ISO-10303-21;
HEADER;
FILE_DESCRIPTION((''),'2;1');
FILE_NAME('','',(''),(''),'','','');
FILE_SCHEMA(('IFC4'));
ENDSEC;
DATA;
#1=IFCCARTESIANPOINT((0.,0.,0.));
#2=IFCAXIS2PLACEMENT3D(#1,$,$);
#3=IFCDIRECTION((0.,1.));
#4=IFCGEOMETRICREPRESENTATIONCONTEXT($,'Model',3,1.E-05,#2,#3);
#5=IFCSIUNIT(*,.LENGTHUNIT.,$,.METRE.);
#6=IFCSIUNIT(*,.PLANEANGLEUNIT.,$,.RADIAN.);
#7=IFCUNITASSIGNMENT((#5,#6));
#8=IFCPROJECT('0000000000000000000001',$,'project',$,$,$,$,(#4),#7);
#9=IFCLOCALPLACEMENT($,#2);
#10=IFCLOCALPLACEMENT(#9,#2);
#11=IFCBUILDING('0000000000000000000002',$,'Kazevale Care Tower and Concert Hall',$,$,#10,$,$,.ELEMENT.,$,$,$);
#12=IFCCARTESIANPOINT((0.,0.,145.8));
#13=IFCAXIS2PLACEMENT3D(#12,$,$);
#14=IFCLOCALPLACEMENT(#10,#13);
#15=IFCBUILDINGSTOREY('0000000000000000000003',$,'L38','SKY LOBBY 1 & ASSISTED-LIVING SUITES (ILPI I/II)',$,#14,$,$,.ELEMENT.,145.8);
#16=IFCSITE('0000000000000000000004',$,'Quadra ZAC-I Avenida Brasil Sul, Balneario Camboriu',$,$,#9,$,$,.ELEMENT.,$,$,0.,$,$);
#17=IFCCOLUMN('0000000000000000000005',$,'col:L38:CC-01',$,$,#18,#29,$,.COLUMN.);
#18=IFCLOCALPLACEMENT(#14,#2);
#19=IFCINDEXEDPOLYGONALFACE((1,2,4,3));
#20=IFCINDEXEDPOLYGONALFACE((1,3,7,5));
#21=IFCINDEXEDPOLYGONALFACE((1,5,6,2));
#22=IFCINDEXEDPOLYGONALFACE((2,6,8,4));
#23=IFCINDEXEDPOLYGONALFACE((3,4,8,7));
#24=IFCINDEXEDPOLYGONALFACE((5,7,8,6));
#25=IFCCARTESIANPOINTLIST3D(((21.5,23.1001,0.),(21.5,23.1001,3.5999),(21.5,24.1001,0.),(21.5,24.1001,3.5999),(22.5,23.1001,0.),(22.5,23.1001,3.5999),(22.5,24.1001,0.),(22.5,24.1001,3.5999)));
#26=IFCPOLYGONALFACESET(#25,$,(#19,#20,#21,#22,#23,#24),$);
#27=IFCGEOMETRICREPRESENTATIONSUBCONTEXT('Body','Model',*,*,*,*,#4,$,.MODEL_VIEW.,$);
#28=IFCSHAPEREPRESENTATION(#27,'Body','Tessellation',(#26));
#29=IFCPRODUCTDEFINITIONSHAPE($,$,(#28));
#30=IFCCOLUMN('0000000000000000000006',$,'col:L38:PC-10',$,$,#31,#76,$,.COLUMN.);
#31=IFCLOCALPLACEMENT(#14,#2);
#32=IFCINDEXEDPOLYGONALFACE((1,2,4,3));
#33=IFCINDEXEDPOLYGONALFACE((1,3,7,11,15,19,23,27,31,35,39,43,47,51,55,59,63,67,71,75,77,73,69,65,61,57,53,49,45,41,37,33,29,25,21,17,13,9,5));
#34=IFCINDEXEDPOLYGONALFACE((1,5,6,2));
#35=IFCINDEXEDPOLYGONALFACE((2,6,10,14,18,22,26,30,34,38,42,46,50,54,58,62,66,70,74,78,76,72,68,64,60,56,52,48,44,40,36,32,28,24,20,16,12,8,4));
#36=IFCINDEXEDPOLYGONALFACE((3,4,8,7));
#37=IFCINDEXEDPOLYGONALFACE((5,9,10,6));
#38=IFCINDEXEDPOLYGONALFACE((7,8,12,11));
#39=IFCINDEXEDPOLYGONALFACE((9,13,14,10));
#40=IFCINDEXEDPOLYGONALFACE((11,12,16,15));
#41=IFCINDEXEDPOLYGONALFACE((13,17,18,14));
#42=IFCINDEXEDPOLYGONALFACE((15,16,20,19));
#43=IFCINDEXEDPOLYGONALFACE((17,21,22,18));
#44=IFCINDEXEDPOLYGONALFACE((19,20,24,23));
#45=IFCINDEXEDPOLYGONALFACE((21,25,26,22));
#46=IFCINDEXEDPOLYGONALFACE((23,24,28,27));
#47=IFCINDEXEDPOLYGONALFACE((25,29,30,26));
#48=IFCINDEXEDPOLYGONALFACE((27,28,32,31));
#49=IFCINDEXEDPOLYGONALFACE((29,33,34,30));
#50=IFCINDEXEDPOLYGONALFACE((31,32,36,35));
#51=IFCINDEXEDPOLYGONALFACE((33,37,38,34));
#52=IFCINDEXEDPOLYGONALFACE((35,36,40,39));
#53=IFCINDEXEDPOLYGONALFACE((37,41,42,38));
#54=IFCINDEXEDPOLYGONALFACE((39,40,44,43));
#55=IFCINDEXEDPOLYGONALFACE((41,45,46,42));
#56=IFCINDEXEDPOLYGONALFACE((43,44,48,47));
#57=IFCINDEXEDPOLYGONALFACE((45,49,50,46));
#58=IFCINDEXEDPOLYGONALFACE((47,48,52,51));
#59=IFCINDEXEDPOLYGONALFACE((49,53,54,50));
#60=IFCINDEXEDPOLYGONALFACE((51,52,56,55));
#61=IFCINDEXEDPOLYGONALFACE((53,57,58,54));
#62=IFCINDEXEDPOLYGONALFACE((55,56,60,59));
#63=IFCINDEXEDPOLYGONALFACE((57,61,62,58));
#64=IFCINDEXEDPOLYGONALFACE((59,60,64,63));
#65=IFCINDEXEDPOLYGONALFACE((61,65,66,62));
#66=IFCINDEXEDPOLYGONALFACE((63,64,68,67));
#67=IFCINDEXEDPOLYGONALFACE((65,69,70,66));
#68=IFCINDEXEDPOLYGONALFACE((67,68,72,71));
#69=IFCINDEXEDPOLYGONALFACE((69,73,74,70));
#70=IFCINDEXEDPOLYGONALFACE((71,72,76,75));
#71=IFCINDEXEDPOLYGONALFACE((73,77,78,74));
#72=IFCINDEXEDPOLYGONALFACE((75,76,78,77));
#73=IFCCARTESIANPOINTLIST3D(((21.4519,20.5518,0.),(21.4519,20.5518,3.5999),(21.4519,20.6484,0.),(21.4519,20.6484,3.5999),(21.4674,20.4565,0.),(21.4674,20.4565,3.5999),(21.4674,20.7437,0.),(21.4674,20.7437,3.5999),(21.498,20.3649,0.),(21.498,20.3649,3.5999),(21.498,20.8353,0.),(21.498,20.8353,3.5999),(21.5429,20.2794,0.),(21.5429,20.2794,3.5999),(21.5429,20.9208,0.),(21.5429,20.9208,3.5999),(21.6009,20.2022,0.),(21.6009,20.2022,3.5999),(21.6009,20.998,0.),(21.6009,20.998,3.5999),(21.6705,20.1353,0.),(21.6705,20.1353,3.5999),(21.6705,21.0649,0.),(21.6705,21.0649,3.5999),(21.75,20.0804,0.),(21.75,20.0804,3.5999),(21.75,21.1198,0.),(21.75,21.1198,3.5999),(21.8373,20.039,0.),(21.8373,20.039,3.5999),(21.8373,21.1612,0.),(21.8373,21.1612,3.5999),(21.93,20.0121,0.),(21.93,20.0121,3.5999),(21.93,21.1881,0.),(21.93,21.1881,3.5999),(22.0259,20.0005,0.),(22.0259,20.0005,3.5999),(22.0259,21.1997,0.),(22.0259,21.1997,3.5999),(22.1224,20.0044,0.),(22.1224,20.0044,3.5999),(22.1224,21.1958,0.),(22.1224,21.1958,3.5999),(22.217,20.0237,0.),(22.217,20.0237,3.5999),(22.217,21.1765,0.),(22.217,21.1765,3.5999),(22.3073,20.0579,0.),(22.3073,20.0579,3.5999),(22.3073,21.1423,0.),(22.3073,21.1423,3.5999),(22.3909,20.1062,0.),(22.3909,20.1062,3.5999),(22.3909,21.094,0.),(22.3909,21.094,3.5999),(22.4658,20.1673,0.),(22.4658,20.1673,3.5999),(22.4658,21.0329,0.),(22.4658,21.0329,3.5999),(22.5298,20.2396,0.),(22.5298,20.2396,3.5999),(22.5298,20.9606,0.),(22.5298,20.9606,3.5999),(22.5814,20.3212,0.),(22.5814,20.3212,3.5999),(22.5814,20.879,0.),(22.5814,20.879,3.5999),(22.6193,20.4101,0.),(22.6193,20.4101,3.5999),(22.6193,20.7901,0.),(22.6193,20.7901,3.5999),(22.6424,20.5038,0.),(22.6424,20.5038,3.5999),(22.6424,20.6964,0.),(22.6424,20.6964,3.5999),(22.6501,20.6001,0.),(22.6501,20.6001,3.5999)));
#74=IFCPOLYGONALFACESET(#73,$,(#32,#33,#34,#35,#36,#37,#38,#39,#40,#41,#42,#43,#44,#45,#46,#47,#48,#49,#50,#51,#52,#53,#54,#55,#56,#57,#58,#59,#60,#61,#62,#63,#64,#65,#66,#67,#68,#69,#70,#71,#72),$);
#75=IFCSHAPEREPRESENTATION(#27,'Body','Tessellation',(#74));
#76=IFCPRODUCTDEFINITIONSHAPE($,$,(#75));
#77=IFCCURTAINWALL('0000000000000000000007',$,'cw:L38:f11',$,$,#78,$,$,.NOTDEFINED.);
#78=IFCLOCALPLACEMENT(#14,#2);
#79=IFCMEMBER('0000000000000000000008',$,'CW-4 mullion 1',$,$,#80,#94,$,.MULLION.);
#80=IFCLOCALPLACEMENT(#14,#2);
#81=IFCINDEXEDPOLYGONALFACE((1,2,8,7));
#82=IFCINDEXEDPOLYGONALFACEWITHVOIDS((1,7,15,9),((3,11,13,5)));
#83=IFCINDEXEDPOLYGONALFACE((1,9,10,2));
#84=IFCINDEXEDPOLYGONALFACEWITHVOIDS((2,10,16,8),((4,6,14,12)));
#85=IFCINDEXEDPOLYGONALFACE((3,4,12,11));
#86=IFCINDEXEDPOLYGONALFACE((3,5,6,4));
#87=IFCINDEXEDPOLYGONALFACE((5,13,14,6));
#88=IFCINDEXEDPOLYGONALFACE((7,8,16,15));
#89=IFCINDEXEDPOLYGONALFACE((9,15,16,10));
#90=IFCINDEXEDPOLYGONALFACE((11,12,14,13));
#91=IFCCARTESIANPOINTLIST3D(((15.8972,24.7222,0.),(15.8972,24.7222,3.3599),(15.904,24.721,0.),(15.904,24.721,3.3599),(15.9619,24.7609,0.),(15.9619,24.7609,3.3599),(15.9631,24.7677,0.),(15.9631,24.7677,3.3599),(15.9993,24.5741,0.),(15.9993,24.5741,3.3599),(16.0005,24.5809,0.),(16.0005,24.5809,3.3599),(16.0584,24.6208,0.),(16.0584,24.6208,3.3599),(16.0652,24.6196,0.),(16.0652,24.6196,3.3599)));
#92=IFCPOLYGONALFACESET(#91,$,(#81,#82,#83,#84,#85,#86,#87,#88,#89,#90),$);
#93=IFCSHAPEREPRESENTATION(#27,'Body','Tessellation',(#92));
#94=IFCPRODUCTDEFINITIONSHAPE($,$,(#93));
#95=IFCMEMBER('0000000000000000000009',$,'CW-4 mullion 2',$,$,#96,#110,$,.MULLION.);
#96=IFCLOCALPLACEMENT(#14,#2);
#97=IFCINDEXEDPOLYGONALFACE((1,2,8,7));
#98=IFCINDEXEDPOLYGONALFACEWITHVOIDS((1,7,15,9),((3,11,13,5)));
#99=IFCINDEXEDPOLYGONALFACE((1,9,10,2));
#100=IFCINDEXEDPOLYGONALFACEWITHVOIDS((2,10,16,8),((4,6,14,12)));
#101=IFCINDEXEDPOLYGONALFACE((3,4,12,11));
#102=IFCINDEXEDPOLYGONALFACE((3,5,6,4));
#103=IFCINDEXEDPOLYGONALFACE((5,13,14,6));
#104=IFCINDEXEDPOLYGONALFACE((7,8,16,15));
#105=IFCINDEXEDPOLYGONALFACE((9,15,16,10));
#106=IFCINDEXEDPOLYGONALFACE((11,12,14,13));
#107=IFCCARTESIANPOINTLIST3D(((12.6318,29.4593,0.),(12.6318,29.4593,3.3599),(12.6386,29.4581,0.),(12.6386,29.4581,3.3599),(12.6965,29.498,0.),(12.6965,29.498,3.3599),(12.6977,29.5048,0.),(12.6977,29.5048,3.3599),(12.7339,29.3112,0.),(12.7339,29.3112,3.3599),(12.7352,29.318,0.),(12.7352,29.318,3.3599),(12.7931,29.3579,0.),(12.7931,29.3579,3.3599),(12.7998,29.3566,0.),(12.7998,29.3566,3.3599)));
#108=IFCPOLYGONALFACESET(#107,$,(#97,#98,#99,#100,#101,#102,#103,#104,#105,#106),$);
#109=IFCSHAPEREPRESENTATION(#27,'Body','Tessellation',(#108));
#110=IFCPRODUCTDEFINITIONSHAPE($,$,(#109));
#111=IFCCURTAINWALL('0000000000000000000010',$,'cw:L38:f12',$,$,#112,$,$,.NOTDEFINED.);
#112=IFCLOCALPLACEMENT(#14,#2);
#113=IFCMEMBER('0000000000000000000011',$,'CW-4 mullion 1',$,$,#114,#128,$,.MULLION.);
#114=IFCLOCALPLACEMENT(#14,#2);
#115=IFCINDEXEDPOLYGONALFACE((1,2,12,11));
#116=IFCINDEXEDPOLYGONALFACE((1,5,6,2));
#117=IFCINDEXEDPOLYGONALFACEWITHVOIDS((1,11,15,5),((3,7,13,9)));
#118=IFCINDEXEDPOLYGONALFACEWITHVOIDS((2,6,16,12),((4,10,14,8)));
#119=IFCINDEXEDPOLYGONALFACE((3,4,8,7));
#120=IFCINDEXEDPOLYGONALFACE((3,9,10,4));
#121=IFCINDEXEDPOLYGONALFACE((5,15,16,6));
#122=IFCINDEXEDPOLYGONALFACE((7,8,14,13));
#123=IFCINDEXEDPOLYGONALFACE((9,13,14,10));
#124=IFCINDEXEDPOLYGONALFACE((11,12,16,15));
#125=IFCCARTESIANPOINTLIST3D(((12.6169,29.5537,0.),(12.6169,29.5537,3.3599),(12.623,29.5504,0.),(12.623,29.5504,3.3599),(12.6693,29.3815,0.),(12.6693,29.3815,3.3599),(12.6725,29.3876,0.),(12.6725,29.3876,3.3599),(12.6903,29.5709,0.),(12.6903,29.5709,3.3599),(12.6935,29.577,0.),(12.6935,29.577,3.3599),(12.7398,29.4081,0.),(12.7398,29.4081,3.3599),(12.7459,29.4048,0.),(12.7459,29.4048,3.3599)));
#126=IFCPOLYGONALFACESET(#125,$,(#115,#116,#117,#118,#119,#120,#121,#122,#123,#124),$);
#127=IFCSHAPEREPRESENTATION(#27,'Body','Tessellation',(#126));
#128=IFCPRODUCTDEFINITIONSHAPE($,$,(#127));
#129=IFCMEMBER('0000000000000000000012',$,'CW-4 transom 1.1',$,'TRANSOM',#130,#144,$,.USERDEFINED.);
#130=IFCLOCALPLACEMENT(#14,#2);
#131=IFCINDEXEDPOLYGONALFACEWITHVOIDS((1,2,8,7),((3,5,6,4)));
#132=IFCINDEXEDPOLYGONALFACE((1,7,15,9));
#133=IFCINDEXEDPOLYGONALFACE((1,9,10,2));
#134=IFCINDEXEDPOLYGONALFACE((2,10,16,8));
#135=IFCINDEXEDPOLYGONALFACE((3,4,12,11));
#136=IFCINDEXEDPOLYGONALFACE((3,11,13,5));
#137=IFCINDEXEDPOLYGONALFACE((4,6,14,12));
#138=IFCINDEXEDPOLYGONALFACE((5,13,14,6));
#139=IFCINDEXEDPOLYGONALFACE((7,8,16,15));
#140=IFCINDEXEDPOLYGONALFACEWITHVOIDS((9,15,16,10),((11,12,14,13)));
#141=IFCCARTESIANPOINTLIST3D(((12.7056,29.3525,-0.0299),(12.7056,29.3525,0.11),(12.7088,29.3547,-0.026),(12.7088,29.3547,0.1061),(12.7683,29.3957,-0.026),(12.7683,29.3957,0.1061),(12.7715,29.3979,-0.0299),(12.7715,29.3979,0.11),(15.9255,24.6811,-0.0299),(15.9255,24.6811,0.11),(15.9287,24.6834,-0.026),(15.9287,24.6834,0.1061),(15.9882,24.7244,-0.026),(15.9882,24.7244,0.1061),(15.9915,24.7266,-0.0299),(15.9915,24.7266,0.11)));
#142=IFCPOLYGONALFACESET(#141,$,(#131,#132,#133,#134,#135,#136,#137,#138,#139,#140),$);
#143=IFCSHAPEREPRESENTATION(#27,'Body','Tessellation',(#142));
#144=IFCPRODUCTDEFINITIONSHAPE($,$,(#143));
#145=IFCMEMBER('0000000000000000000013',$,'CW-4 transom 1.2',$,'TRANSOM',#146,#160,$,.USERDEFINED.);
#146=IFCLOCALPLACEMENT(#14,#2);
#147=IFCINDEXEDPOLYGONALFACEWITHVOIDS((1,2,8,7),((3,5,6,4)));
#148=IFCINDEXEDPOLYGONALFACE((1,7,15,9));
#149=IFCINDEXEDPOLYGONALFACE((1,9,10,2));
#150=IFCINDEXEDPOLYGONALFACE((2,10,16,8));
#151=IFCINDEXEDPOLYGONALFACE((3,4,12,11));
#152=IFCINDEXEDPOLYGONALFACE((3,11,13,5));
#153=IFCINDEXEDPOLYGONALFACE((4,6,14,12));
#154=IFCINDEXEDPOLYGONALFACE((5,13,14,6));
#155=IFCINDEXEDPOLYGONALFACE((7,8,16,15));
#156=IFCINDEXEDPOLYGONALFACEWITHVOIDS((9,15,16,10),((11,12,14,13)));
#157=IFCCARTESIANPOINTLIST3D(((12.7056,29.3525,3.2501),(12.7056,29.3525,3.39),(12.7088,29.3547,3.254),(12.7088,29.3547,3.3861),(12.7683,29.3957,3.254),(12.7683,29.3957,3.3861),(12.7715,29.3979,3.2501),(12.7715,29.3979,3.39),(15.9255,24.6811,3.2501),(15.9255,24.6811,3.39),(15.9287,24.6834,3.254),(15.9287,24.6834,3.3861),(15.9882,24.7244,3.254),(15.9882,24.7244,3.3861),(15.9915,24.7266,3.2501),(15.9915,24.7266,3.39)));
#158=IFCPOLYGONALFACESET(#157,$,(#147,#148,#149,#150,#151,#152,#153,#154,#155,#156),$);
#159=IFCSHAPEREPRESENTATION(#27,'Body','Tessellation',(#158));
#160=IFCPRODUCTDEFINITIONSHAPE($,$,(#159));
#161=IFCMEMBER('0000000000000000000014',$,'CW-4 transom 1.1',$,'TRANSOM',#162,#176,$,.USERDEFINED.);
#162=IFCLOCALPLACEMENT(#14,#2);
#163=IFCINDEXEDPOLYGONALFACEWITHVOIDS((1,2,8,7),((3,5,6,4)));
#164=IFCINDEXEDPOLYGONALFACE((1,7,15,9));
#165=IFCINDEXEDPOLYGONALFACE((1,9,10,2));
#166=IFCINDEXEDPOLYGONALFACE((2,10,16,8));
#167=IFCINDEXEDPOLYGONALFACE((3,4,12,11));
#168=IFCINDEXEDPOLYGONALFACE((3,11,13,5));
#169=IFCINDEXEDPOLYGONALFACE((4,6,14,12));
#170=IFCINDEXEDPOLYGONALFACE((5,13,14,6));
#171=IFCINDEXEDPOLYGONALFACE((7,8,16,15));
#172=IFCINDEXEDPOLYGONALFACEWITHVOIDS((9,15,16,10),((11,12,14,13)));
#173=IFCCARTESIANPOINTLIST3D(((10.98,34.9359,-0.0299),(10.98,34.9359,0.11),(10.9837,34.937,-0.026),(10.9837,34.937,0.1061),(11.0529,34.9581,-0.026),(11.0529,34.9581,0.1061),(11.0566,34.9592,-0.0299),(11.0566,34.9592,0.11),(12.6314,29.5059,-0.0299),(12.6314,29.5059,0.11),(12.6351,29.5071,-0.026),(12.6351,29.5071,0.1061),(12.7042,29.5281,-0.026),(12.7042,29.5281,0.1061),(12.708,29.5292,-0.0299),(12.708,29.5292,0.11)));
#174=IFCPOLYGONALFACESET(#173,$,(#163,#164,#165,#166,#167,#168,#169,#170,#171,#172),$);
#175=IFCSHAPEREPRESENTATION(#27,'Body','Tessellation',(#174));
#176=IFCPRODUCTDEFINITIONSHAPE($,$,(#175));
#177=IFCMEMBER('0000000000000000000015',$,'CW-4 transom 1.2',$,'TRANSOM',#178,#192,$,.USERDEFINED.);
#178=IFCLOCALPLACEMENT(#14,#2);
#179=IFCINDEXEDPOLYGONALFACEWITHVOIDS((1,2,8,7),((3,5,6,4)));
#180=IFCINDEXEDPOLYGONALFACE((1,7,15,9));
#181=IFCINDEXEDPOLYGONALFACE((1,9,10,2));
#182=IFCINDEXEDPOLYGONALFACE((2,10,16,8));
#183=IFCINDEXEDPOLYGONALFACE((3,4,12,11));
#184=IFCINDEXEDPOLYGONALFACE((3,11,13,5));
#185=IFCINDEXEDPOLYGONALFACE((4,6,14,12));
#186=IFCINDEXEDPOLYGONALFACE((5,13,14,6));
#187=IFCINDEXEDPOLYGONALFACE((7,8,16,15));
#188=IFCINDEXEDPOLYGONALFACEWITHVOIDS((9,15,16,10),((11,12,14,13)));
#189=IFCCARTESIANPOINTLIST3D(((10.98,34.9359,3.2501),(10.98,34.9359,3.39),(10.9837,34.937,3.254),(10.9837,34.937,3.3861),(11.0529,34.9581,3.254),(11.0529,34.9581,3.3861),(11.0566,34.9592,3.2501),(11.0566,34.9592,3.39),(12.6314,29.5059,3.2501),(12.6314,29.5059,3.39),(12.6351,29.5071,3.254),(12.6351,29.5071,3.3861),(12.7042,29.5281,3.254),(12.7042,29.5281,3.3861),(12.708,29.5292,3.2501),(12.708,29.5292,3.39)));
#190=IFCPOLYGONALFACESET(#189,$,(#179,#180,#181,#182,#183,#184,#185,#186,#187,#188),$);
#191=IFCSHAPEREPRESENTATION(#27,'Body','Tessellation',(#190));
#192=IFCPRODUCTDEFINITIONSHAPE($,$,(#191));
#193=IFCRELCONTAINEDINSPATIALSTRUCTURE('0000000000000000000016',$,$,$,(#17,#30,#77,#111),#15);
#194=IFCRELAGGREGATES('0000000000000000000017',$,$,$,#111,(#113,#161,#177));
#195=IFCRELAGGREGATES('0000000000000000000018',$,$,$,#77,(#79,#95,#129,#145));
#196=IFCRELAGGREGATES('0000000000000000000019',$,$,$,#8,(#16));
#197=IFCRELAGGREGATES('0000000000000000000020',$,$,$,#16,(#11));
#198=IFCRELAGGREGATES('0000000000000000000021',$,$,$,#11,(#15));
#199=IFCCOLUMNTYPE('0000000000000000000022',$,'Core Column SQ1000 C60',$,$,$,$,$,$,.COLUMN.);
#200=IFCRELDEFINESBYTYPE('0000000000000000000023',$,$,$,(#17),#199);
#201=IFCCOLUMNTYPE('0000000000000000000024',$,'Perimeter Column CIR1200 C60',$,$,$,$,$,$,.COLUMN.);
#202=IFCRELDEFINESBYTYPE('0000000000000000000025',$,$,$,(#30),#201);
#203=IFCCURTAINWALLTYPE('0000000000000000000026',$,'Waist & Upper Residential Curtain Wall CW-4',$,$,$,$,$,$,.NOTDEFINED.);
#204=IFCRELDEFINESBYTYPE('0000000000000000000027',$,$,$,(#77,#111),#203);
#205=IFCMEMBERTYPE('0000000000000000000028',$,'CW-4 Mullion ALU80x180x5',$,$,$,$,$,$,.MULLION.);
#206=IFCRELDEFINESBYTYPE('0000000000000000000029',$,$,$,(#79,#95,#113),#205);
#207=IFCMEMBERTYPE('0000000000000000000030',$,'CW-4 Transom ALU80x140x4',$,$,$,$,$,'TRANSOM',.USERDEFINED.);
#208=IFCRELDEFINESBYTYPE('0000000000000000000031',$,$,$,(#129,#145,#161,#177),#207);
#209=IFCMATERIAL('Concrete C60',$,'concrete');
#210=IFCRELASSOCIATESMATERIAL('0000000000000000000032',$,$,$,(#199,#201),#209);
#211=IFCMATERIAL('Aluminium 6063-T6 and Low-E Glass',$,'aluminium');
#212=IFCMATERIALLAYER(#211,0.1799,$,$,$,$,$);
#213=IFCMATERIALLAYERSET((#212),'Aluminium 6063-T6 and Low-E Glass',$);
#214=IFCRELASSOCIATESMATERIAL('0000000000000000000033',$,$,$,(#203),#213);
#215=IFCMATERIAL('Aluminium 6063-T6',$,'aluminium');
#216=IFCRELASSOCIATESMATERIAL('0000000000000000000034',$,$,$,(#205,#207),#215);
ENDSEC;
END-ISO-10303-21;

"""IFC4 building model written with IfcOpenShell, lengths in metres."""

from ifc_helpers import new_model, si_unit, direction, frame, origin, origin_2d, place, context, subcontext, project, spatial, rectangle, hollow_rectangle, circle, extrude, material, layer, layer_set, material_profile, profile_set, type_object, element, aggregate, save


model = new_model("IFC4")

# Units and contexts
model_context = context("Model", 3, precision=1e-05, world=origin(), true_north=direction((0.0, 1.0)))
body_context = subcontext(model_context, "Body", "Model", "MODEL_VIEW")
ifc_project = project(units=[si_unit("LENGTHUNIT", "METRE"), si_unit("PLANEANGLEUNIT", "RADIAN")], contexts=[model_context])

# Site, building, storey
site_placement = place(None, origin())
site = spatial("IfcSite", under=ifc_project, at=site_placement, Name="Quadra ZAC-I Avenida Brasil Sul, Balneario Camboriu", CompositionType="ELEMENT", RefElevation=0.0)
building_placement = place(site_placement, origin())
building = spatial("IfcBuilding", under=site, at=building_placement, Name="Kazevale Care Tower and Concert Hall", CompositionType="ELEMENT")
storey_placement = place(building_placement, frame((0.0, 0.0, 145.8)))
storey = spatial("IfcBuildingStorey", under=building, at=storey_placement, Name="L38", Description="SKY LOBBY 1 & ASSISTED-LIVING SUITES (ILPI I/II)", CompositionType="ELEMENT", Elevation=145.8)

# Columns
ifc_material_1 = material(Name="Concrete C60", Category="concrete")
ifc_material_profile_1 = material_profile(ifc_material_1, rectangle(XDim=1.0, YDim=1.0, at=origin_2d()), Name="RC-SQ1000")
ifc_profile_set_1 = profile_set([ifc_material_profile_1], Name="Concrete C60")
column_type_1 = type_object("IfcColumnType", Name="Core Column SQ1000 C60", PredefinedType="COLUMN", material=ifc_profile_set_1)
column_1_placement = place(storey_placement, frame((22.0, 23.6001, 0.0), z_axis=(0.0, 0.0, 1.0), x_axis=(1.0, 0.0, 0.0)))
element("IfcColumn", 1, at=column_1_placement, inside=storey, type_object=column_type_1, Name="col:L38:CC-01", PredefinedType="COLUMN", context=body_context, shape_type="SweptSolid", body=[
    extrude(rectangle(XDim=1.0, YDim=1.0, at=origin_2d()), origin(), (0.0, 0.0, 1.0), 3.5999),
])
ifc_material_profile_2 = material_profile(ifc_material_1, circle(Radius=0.6001, at=origin_2d()), Name="RC-CIR1200")
ifc_profile_set_2 = profile_set([ifc_material_profile_2], Name="Concrete C60")
column_type_2 = type_object("IfcColumnType", Name="Perimeter Column CIR1200 C60", PredefinedType="COLUMN", material=ifc_profile_set_2)
column_2_placement = place(storey_placement, frame((22.05, 20.6001, 0.0), z_axis=(0.0, 0.0, 1.0), x_axis=(1.0, 0.0, 0.0)))
element("IfcColumn", 2, at=column_2_placement, inside=storey, type_object=column_type_2, Name="col:L38:PC-10", PredefinedType="COLUMN", context=body_context, shape_type="SweptSolid", body=[
    extrude(circle(Radius=0.6001, at=origin_2d()), origin(), (0.0, 0.0, 1.0), 3.5999),
])

# Curtain wall, members
ifc_material_2 = material(Name="Aluminium 6063-T6 and Low-E Glass", Category="aluminium")
ifc_layer_1 = layer(ifc_material_2, 0.1799)
ifc_layer_set_1 = layer_set([ifc_layer_1], Name="Aluminium 6063-T6 and Low-E Glass")
curtain_wall_type_1 = type_object("IfcCurtainWallType", Name="Waist & Upper Residential Curtain Wall CW-4", PredefinedType="NOTDEFINED", material=ifc_layer_set_1)
curtain_wall_1_placement = place(storey_placement, origin())
curtain_wall_1 = element("IfcCurtainWall", 3, at=curtain_wall_1_placement, inside=storey, type_object=curtain_wall_type_1, Name="cw:L38:f11", PredefinedType="NOTDEFINED")
ifc_material_3 = material(Name="Aluminium 6063-T6", Category="aluminium")
ifc_material_profile_3 = material_profile(ifc_material_3, hollow_rectangle(XDim=0.0801, YDim=0.1799, WallThickness=0.0049, at=origin_2d()), Name="ALU80x180x5")
ifc_profile_set_3 = profile_set([ifc_material_profile_3], Name="Aluminium 6063-T6")
member_type_1 = type_object("IfcMemberType", Name="CW-4 Mullion ALU80x180x5", PredefinedType="MULLION", material=ifc_profile_set_3)
member_1_placement = place(storey_placement, frame((15.9812, 24.6709, 0.0), z_axis=(0.0, 0.0, 1.0), x_axis=(-0.823326, -0.567569, 0.0)))
member_1 = element("IfcMember", 4, at=member_1_placement, type_object=member_type_1, Name="CW-4 mullion 1", PredefinedType="MULLION", context=body_context, shape_type="SweptSolid", body=[
    extrude(hollow_rectangle(XDim=0.0801, YDim=0.1799, WallThickness=0.0049, at=origin_2d()), origin(), (0.0, 0.0, 1.0), 3.3599),
])
member_2_placement = place(storey_placement, frame((12.7158, 29.408, 0.0), z_axis=(0.0, 0.0, 1.0), x_axis=(-0.823326, -0.567569, 0.0)))
member_2 = element("IfcMember", 5, at=member_2_placement, type_object=member_type_1, Name="CW-4 mullion 2", PredefinedType="MULLION", context=body_context, shape_type="SweptSolid", body=[
    extrude(hollow_rectangle(XDim=0.0801, YDim=0.1799, WallThickness=0.0049, at=origin_2d()), origin(), (0.0, 0.0, 1.0), 3.3599),
])

# Curtain wall, member
curtain_wall_2_placement = place(storey_placement, origin())
curtain_wall_2 = element("IfcCurtainWall", 6, at=curtain_wall_2_placement, inside=storey, type_object=curtain_wall_type_1, Name="cw:L38:f12", PredefinedType="NOTDEFINED")
member_3_placement = place(storey_placement, frame((12.6814, 29.4792, 0.0), z_axis=(0.0, 0.0, 1.0), x_axis=(-0.95673, -0.290977, 0.0)))
member_3 = element("IfcMember", 7, at=member_3_placement, type_object=member_type_1, Name="CW-4 mullion 1", PredefinedType="MULLION", context=body_context, shape_type="SweptSolid", body=[
    extrude(hollow_rectangle(XDim=0.0801, YDim=0.1799, WallThickness=0.0049, at=origin_2d()), origin(), (0.0, 0.0, 1.0), 3.3599),
])

# Members
ifc_material_profile_4 = material_profile(ifc_material_3, hollow_rectangle(XDim=0.0801, YDim=0.1399, WallThickness=0.0039, at=origin_2d()), Name="ALU80x140x4")
ifc_profile_set_4 = profile_set([ifc_material_profile_4], Name="Aluminium 6063-T6")
member_type_2 = type_object("IfcMemberType", Name="CW-4 Transom ALU80x140x4", ElementType="TRANSOM", PredefinedType="USERDEFINED", material=ifc_profile_set_4)
member_4_placement = place(storey_placement, frame((15.9585, 24.7039, 0.04), z_axis=(-0.567533, 0.823351, 0.0), x_axis=(-0.823351, -0.567533, 0.0)))
member_4 = element("IfcMember", 8, at=member_4_placement, type_object=member_type_2, Name="CW-4 transom 1.1", ObjectType="TRANSOM", PredefinedType="USERDEFINED", context=body_context, shape_type="SweptSolid", body=[
    extrude(hollow_rectangle(XDim=0.0801, YDim=0.1399, WallThickness=0.0039, at=origin_2d()), origin(), (0.0, 0.0, 1.0), 5.6736),
])
member_5_placement = place(storey_placement, frame((15.9585, 24.7039, 3.3201), z_axis=(-0.567533, 0.823351, 0.0), x_axis=(-0.823351, -0.567533, 0.0)))
member_5 = element("IfcMember", 9, at=member_5_placement, type_object=member_type_2, Name="CW-4 transom 1.2", ObjectType="TRANSOM", PredefinedType="USERDEFINED", context=body_context, shape_type="SweptSolid", body=[
    extrude(hollow_rectangle(XDim=0.0801, YDim=0.1399, WallThickness=0.0039, at=origin_2d()), origin(), (0.0, 0.0, 1.0), 5.6736),
])
member_6_placement = place(storey_placement, frame((12.6697, 29.5176, 0.04), z_axis=(-0.290965, 0.956734, 0.0), x_axis=(-0.956734, -0.290965, 0.0)))
member_6 = element("IfcMember", 10, at=member_6_placement, type_object=member_type_2, Name="CW-4 transom 1.1", ObjectType="TRANSOM", PredefinedType="USERDEFINED", context=body_context, shape_type="SweptSolid", body=[
    extrude(hollow_rectangle(XDim=0.0801, YDim=0.1399, WallThickness=0.0039, at=origin_2d()), origin(), (0.0, 0.0, 1.0), 5.6755),
])
member_7_placement = place(storey_placement, frame((12.6697, 29.5176, 3.3201), z_axis=(-0.290965, 0.956734, 0.0), x_axis=(-0.956734, -0.290965, 0.0)))
member_7 = element("IfcMember", 11, at=member_7_placement, type_object=member_type_2, Name="CW-4 transom 1.2", ObjectType="TRANSOM", PredefinedType="USERDEFINED", context=body_context, shape_type="SweptSolid", body=[
    extrude(hollow_rectangle(XDim=0.0801, YDim=0.1399, WallThickness=0.0039, at=origin_2d()), origin(), (0.0, 0.0, 1.0), 5.6755),
])
aggregate(curtain_wall_2, [member_3, member_6, member_7])

aggregate(curtain_wall_1, [member_1, member_2, member_4, member_5])

save(model, "model.ifc")
